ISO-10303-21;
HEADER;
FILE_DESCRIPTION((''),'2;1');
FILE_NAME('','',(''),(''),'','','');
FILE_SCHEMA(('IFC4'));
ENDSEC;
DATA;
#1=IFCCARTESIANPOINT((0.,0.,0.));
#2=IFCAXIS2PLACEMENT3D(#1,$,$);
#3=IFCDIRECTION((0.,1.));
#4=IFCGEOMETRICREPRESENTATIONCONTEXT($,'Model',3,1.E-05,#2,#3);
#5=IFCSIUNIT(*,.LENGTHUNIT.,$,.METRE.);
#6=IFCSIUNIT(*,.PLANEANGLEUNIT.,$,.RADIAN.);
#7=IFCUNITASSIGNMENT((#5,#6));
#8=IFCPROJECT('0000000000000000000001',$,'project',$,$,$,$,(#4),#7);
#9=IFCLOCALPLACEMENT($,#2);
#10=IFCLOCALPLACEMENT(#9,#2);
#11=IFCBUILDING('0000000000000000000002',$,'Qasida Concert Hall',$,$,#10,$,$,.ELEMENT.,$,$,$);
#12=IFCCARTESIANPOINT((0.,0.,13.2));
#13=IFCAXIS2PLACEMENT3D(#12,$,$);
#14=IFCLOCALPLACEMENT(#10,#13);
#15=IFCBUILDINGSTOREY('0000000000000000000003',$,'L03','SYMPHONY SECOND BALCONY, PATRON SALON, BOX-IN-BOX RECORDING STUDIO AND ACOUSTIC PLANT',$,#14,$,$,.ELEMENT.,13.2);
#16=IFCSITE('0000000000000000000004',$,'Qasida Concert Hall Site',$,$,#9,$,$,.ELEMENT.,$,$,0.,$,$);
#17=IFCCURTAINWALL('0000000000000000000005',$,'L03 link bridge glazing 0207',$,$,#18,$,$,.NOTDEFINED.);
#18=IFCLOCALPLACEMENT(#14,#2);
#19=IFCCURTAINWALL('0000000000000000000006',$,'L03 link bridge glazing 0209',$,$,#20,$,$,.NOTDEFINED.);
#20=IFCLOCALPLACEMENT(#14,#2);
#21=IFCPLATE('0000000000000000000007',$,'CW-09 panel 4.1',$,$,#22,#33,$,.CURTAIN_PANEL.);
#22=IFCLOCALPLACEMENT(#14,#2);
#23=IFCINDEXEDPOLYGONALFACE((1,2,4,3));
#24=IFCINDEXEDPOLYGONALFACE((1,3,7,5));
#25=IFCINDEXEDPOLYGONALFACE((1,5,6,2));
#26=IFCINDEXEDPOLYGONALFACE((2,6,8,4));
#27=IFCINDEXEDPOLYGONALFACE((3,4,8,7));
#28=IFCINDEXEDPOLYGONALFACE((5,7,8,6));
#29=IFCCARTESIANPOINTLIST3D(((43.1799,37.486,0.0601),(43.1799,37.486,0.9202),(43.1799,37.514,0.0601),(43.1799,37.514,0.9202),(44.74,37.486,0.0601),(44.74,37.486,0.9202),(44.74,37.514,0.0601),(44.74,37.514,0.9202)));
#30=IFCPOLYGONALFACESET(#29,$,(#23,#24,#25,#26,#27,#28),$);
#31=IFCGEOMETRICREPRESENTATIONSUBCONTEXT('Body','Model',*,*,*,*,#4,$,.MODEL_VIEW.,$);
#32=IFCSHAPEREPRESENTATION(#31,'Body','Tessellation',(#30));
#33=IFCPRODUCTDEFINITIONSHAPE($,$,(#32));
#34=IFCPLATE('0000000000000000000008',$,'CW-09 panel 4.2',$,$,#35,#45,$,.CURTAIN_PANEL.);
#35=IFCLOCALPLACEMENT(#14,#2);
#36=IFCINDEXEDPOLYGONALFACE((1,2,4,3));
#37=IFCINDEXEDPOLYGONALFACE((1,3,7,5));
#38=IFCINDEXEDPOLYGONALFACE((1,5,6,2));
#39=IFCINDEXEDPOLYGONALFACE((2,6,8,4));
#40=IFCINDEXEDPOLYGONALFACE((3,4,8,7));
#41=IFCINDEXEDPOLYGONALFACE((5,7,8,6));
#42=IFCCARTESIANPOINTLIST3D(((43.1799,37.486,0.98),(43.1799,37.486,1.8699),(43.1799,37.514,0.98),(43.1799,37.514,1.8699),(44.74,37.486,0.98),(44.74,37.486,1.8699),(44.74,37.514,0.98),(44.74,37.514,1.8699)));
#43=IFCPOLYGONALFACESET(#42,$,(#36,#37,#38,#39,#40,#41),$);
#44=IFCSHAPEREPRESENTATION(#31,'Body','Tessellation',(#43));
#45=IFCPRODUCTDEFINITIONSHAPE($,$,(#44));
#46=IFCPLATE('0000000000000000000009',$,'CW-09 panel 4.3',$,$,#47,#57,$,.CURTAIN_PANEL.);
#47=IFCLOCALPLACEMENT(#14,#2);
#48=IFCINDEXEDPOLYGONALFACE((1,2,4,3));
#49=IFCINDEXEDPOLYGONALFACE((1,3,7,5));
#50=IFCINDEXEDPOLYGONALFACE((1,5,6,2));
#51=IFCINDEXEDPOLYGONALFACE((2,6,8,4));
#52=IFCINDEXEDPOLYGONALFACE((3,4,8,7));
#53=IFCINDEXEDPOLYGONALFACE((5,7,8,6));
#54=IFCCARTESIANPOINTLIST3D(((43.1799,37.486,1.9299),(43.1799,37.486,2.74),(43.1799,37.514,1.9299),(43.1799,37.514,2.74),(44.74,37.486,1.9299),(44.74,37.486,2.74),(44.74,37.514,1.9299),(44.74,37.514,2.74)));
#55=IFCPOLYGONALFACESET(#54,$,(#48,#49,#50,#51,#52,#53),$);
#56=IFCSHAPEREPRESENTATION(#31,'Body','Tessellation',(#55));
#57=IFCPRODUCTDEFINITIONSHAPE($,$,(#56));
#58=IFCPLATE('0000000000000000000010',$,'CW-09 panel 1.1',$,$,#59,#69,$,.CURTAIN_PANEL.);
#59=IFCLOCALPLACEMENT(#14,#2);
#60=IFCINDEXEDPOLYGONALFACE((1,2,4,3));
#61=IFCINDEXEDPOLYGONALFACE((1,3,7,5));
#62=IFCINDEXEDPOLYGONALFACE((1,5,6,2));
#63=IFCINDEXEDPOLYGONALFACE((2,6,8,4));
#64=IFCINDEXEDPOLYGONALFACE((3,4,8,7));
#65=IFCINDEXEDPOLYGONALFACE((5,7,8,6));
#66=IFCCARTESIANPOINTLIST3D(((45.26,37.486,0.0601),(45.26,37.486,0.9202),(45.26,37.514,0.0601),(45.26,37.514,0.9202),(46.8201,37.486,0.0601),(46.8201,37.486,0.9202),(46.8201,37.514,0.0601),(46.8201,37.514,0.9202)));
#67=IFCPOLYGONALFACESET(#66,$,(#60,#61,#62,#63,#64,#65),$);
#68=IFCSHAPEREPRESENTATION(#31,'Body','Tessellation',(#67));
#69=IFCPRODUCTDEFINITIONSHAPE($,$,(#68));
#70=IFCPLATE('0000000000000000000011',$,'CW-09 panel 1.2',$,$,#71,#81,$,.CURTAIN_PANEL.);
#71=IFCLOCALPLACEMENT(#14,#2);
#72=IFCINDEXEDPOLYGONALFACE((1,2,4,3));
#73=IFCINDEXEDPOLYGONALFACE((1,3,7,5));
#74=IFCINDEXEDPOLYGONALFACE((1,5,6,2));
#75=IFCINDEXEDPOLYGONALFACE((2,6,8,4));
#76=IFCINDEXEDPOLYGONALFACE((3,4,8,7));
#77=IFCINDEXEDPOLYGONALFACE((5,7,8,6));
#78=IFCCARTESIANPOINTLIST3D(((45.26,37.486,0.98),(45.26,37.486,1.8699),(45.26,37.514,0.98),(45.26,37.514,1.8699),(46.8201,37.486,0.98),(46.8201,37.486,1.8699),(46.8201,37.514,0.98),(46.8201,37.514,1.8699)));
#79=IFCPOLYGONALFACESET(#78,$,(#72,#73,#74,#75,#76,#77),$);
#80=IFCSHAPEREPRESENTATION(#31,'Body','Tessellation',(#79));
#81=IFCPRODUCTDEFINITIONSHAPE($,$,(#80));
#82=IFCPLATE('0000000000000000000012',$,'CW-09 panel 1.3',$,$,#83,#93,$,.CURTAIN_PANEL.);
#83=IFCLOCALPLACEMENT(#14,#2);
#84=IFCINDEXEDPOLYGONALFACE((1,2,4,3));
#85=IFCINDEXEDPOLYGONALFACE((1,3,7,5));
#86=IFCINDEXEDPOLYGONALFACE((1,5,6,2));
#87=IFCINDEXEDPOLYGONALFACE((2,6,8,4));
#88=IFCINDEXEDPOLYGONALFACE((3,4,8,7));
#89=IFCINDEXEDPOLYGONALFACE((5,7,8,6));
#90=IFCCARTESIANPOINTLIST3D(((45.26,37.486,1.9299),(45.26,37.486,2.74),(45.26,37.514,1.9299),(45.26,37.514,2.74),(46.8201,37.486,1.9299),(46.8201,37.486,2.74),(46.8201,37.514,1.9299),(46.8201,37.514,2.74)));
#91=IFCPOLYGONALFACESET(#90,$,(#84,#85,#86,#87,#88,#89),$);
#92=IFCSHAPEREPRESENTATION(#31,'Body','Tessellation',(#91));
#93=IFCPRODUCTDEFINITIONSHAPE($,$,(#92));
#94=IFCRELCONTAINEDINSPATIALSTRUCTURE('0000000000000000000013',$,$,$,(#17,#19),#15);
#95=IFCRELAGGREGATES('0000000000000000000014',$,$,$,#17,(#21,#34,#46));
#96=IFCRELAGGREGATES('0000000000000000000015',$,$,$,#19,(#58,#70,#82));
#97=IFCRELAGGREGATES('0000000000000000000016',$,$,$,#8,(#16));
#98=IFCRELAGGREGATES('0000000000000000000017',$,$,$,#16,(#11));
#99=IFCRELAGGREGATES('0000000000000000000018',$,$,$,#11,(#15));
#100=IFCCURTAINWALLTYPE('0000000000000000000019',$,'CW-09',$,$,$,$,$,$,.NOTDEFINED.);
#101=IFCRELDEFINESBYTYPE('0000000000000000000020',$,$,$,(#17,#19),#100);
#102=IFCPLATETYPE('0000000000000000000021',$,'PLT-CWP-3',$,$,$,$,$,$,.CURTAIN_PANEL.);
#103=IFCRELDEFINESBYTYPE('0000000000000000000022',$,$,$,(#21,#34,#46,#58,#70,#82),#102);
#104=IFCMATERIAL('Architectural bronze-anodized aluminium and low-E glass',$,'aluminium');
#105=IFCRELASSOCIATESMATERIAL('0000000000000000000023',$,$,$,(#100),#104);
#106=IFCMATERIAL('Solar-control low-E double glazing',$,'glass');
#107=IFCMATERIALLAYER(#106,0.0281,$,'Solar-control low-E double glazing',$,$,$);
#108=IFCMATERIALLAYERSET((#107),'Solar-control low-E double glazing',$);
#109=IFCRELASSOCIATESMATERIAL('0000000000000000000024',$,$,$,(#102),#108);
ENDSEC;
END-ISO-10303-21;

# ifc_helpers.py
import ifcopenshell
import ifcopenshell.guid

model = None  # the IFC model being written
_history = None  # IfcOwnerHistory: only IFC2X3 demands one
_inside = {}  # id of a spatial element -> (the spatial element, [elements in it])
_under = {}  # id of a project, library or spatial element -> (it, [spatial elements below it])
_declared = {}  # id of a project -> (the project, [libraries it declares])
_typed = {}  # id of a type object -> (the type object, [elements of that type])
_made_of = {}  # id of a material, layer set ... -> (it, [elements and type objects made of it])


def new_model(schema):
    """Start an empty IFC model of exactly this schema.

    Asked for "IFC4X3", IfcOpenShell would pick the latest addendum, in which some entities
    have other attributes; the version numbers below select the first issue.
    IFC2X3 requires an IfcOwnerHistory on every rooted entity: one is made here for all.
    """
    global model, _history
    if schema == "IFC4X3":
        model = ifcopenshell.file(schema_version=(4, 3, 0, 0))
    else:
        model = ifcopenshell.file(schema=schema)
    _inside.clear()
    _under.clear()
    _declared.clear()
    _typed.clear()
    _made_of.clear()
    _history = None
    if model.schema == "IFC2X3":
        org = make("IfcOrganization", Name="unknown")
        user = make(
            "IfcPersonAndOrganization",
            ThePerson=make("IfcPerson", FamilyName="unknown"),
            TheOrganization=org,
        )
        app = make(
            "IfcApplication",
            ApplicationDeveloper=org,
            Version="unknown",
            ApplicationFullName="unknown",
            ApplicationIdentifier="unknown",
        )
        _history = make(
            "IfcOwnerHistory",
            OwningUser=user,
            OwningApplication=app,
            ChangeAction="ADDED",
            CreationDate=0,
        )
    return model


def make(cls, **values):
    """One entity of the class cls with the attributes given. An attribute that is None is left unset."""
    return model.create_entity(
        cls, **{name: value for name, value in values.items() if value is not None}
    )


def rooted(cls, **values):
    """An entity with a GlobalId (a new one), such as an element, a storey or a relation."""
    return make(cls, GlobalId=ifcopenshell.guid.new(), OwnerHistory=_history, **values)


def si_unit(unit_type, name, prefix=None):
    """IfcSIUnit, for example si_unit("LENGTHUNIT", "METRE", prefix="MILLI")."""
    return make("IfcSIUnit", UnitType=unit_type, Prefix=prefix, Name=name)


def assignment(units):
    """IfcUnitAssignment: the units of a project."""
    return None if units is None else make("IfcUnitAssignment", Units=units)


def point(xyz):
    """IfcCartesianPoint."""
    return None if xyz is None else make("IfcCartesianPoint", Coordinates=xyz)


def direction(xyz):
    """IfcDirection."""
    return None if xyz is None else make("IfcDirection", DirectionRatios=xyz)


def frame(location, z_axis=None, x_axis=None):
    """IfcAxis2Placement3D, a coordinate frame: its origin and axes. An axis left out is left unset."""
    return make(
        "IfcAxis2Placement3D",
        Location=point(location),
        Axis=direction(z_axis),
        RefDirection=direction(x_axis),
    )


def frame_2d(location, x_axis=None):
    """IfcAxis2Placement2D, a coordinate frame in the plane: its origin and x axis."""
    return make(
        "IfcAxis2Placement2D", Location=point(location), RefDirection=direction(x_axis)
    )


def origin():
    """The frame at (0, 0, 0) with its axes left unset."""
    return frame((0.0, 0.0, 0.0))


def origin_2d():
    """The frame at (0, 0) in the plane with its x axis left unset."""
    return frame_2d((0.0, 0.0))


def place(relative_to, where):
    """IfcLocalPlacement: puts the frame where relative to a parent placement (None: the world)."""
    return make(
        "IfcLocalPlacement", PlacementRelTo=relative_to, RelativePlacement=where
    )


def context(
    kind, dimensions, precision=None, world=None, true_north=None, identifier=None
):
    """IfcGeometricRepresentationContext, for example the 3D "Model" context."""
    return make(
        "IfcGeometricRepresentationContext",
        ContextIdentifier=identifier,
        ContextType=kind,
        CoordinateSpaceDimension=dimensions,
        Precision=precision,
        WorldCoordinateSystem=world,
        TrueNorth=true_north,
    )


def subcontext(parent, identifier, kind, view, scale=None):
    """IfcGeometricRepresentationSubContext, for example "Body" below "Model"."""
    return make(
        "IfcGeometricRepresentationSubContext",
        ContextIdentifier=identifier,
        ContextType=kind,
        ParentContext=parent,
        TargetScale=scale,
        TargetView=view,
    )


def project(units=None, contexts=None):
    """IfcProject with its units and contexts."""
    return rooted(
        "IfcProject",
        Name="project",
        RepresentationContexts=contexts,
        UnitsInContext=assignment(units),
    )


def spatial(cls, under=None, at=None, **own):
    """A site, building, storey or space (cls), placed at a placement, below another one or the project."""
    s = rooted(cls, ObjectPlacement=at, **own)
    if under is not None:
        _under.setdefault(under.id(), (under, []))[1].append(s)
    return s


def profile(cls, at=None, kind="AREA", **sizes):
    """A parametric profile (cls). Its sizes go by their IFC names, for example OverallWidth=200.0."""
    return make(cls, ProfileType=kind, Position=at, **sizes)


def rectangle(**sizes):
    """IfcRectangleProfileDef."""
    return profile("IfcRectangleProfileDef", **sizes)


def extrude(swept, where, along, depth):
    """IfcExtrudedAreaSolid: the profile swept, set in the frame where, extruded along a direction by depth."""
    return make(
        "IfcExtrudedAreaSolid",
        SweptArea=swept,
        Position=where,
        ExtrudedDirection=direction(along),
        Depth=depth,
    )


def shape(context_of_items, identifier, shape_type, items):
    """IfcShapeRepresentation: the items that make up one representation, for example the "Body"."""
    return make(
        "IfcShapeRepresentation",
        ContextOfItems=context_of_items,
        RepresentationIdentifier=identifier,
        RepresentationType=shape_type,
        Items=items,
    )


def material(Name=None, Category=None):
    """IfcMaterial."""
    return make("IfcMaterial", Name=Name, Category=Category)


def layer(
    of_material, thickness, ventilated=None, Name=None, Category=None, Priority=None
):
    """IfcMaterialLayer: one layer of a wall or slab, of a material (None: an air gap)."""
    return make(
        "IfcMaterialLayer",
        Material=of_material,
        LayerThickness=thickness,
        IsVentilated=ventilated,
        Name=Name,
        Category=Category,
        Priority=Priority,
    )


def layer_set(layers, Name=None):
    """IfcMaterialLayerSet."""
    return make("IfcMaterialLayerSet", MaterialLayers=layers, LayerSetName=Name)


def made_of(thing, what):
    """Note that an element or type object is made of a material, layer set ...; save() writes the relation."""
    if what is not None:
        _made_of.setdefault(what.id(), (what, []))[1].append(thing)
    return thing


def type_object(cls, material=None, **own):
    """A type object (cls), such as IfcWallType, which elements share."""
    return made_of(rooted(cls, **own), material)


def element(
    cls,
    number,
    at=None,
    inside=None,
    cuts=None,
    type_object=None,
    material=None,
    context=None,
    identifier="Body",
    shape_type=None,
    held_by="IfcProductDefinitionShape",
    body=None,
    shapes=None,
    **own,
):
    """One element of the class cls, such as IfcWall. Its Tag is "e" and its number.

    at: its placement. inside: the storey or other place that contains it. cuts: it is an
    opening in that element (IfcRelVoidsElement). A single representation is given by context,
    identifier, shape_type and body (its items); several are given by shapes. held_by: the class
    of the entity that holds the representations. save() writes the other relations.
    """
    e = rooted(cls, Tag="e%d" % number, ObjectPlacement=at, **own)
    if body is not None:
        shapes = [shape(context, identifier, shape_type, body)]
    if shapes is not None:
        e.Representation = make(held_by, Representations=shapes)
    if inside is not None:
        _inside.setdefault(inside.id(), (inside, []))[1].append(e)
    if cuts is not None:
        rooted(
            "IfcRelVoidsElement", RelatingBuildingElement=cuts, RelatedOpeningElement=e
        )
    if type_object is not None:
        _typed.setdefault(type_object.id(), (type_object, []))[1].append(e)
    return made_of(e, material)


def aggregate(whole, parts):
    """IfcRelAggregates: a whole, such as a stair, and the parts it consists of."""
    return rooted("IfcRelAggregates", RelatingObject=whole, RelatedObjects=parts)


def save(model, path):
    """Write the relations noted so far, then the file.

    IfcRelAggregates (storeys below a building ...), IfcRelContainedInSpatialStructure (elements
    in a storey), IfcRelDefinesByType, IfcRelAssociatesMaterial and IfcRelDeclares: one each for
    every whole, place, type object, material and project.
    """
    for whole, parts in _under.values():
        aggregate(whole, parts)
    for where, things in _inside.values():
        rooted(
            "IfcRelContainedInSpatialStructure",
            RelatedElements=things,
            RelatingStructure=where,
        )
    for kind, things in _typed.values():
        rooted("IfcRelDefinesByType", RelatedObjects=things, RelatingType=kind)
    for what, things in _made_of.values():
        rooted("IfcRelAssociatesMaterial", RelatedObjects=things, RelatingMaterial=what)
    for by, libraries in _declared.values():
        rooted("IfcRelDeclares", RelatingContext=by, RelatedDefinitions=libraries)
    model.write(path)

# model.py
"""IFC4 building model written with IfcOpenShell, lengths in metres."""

from ifc_helpers import new_model, si_unit, direction, frame, origin, origin_2d, place, context, subcontext, project, spatial, rectangle, extrude, material, layer, layer_set, type_object, element, aggregate, save


model = new_model("IFC4")

# Units and contexts
model_context = context("Model", 3, precision=1e-05, world=origin(), true_north=direction((0.0, 1.0)))
body_context = subcontext(model_context, "Body", "Model", "MODEL_VIEW")
ifc_project = project(units=[si_unit("LENGTHUNIT", "METRE"), si_unit("PLANEANGLEUNIT", "RADIAN")], contexts=[model_context])

# Site, building, storey
site_placement = place(None, origin())
site = spatial("IfcSite", under=ifc_project, at=site_placement, Name="Qasida Concert Hall Site", CompositionType="ELEMENT", RefElevation=0.0)
building_placement = place(site_placement, origin())
building = spatial("IfcBuilding", under=site, at=building_placement, Name="Qasida Concert Hall", CompositionType="ELEMENT")
storey_placement = place(building_placement, frame((0.0, 0.0, 13.2)))
storey = spatial("IfcBuildingStorey", under=building, at=storey_placement, Name="L03", Description="SYMPHONY SECOND BALCONY, PATRON SALON, BOX-IN-BOX RECORDING STUDIO AND ACOUSTIC PLANT", CompositionType="ELEMENT", Elevation=13.2)

# Shared definitions
ifc_material_1 = material(Name="Architectural bronze-anodized aluminium and low-E glass", Category="aluminium")
curtain_wall_type = type_object("IfcCurtainWallType", Name="CW-09", PredefinedType="NOTDEFINED", material=ifc_material_1)

# Curtain walls
curtain_wall_1_placement = place(storey_placement, origin())
curtain_wall_1 = element("IfcCurtainWall", 1, at=curtain_wall_1_placement, inside=storey, type_object=curtain_wall_type, Name="L03 link bridge glazing 0207", PredefinedType="NOTDEFINED")
curtain_wall_2_placement = place(storey_placement, origin())
curtain_wall_2 = element("IfcCurtainWall", 2, at=curtain_wall_2_placement, inside=storey, type_object=curtain_wall_type, Name="L03 link bridge glazing 0209", PredefinedType="NOTDEFINED")

# Plates
ifc_material_2 = material(Name="Solar-control low-E double glazing", Category="glass")
ifc_layer = layer(ifc_material_2, 0.0281, Name="Solar-control low-E double glazing")
ifc_layer_set = layer_set([ifc_layer], Name="Solar-control low-E double glazing")
plate_type = type_object("IfcPlateType", Name="PLT-CWP-3", PredefinedType="CURTAIN_PANEL", material=ifc_layer_set)
plate_1_placement = place(storey_placement, frame((43.96, 37.5, 0.0601), z_axis=(0.0, 0.0, 1.0), x_axis=(1.0, 0.0, 0.0)))
plate_1 = element("IfcPlate", 3, at=plate_1_placement, type_object=plate_type, Name="CW-09 panel 4.1", PredefinedType="CURTAIN_PANEL", context=body_context, shape_type="SweptSolid", body=[
    extrude(rectangle(XDim=1.5601, YDim=0.0281, at=origin_2d()), origin(), (0.0, 0.0, 1.0), 0.8601),
])
plate_2_placement = place(storey_placement, frame((43.96, 37.5, 0.98), z_axis=(0.0, 0.0, 1.0), x_axis=(1.0, 0.0, 0.0)))
plate_2 = element("IfcPlate", 4, at=plate_2_placement, type_object=plate_type, Name="CW-09 panel 4.2", PredefinedType="CURTAIN_PANEL", context=body_context, shape_type="SweptSolid", body=[
    extrude(rectangle(XDim=1.5601, YDim=0.0281, at=origin_2d()), origin(), (0.0, 0.0, 1.0), 0.8899),
])
plate_3_placement = place(storey_placement, frame((43.96, 37.5, 1.9299), z_axis=(0.0, 0.0, 1.0), x_axis=(1.0, 0.0, 0.0)))
plate_3 = element("IfcPlate", 5, at=plate_3_placement, type_object=plate_type, Name="CW-09 panel 4.3", PredefinedType="CURTAIN_PANEL", context=body_context, shape_type="SweptSolid", body=[
    extrude(rectangle(XDim=1.5601, YDim=0.0281, at=origin_2d()), origin(), (0.0, 0.0, 1.0), 0.8101),
])
aggregate(curtain_wall_1, [plate_1, plate_2, plate_3])
plate_4_placement = place(storey_placement, frame((46.04, 37.5, 0.0601), z_axis=(0.0, 0.0, 1.0), x_axis=(1.0, 0.0, 0.0)))
plate_4 = element("IfcPlate", 6, at=plate_4_placement, type_object=plate_type, Name="CW-09 panel 1.1", PredefinedType="CURTAIN_PANEL", context=body_context, shape_type="SweptSolid", body=[
    extrude(rectangle(XDim=1.5601, YDim=0.0281, at=origin_2d()), origin(), (0.0, 0.0, 1.0), 0.8601),
])
plate_5_placement = place(storey_placement, frame((46.04, 37.5, 0.98), z_axis=(0.0, 0.0, 1.0), x_axis=(1.0, 0.0, 0.0)))
plate_5 = element("IfcPlate", 7, at=plate_5_placement, type_object=plate_type, Name="CW-09 panel 1.2", PredefinedType="CURTAIN_PANEL", context=body_context, shape_type="SweptSolid", body=[
    extrude(rectangle(XDim=1.5601, YDim=0.0281, at=origin_2d()), origin(), (0.0, 0.0, 1.0), 0.8899),
])
plate_6_placement = place(storey_placement, frame((46.04, 37.5, 1.9299), z_axis=(0.0, 0.0, 1.0), x_axis=(1.0, 0.0, 0.0)))
plate_6 = element("IfcPlate", 8, at=plate_6_placement, type_object=plate_type, Name="CW-09 panel 1.3", PredefinedType="CURTAIN_PANEL", context=body_context, shape_type="SweptSolid", body=[
    extrude(rectangle(XDim=1.5601, YDim=0.0281, at=origin_2d()), origin(), (0.0, 0.0, 1.0), 0.8101),
])
aggregate(curtain_wall_2, [plate_4, plate_5, plate_6])

save(model, "model.ifc")
